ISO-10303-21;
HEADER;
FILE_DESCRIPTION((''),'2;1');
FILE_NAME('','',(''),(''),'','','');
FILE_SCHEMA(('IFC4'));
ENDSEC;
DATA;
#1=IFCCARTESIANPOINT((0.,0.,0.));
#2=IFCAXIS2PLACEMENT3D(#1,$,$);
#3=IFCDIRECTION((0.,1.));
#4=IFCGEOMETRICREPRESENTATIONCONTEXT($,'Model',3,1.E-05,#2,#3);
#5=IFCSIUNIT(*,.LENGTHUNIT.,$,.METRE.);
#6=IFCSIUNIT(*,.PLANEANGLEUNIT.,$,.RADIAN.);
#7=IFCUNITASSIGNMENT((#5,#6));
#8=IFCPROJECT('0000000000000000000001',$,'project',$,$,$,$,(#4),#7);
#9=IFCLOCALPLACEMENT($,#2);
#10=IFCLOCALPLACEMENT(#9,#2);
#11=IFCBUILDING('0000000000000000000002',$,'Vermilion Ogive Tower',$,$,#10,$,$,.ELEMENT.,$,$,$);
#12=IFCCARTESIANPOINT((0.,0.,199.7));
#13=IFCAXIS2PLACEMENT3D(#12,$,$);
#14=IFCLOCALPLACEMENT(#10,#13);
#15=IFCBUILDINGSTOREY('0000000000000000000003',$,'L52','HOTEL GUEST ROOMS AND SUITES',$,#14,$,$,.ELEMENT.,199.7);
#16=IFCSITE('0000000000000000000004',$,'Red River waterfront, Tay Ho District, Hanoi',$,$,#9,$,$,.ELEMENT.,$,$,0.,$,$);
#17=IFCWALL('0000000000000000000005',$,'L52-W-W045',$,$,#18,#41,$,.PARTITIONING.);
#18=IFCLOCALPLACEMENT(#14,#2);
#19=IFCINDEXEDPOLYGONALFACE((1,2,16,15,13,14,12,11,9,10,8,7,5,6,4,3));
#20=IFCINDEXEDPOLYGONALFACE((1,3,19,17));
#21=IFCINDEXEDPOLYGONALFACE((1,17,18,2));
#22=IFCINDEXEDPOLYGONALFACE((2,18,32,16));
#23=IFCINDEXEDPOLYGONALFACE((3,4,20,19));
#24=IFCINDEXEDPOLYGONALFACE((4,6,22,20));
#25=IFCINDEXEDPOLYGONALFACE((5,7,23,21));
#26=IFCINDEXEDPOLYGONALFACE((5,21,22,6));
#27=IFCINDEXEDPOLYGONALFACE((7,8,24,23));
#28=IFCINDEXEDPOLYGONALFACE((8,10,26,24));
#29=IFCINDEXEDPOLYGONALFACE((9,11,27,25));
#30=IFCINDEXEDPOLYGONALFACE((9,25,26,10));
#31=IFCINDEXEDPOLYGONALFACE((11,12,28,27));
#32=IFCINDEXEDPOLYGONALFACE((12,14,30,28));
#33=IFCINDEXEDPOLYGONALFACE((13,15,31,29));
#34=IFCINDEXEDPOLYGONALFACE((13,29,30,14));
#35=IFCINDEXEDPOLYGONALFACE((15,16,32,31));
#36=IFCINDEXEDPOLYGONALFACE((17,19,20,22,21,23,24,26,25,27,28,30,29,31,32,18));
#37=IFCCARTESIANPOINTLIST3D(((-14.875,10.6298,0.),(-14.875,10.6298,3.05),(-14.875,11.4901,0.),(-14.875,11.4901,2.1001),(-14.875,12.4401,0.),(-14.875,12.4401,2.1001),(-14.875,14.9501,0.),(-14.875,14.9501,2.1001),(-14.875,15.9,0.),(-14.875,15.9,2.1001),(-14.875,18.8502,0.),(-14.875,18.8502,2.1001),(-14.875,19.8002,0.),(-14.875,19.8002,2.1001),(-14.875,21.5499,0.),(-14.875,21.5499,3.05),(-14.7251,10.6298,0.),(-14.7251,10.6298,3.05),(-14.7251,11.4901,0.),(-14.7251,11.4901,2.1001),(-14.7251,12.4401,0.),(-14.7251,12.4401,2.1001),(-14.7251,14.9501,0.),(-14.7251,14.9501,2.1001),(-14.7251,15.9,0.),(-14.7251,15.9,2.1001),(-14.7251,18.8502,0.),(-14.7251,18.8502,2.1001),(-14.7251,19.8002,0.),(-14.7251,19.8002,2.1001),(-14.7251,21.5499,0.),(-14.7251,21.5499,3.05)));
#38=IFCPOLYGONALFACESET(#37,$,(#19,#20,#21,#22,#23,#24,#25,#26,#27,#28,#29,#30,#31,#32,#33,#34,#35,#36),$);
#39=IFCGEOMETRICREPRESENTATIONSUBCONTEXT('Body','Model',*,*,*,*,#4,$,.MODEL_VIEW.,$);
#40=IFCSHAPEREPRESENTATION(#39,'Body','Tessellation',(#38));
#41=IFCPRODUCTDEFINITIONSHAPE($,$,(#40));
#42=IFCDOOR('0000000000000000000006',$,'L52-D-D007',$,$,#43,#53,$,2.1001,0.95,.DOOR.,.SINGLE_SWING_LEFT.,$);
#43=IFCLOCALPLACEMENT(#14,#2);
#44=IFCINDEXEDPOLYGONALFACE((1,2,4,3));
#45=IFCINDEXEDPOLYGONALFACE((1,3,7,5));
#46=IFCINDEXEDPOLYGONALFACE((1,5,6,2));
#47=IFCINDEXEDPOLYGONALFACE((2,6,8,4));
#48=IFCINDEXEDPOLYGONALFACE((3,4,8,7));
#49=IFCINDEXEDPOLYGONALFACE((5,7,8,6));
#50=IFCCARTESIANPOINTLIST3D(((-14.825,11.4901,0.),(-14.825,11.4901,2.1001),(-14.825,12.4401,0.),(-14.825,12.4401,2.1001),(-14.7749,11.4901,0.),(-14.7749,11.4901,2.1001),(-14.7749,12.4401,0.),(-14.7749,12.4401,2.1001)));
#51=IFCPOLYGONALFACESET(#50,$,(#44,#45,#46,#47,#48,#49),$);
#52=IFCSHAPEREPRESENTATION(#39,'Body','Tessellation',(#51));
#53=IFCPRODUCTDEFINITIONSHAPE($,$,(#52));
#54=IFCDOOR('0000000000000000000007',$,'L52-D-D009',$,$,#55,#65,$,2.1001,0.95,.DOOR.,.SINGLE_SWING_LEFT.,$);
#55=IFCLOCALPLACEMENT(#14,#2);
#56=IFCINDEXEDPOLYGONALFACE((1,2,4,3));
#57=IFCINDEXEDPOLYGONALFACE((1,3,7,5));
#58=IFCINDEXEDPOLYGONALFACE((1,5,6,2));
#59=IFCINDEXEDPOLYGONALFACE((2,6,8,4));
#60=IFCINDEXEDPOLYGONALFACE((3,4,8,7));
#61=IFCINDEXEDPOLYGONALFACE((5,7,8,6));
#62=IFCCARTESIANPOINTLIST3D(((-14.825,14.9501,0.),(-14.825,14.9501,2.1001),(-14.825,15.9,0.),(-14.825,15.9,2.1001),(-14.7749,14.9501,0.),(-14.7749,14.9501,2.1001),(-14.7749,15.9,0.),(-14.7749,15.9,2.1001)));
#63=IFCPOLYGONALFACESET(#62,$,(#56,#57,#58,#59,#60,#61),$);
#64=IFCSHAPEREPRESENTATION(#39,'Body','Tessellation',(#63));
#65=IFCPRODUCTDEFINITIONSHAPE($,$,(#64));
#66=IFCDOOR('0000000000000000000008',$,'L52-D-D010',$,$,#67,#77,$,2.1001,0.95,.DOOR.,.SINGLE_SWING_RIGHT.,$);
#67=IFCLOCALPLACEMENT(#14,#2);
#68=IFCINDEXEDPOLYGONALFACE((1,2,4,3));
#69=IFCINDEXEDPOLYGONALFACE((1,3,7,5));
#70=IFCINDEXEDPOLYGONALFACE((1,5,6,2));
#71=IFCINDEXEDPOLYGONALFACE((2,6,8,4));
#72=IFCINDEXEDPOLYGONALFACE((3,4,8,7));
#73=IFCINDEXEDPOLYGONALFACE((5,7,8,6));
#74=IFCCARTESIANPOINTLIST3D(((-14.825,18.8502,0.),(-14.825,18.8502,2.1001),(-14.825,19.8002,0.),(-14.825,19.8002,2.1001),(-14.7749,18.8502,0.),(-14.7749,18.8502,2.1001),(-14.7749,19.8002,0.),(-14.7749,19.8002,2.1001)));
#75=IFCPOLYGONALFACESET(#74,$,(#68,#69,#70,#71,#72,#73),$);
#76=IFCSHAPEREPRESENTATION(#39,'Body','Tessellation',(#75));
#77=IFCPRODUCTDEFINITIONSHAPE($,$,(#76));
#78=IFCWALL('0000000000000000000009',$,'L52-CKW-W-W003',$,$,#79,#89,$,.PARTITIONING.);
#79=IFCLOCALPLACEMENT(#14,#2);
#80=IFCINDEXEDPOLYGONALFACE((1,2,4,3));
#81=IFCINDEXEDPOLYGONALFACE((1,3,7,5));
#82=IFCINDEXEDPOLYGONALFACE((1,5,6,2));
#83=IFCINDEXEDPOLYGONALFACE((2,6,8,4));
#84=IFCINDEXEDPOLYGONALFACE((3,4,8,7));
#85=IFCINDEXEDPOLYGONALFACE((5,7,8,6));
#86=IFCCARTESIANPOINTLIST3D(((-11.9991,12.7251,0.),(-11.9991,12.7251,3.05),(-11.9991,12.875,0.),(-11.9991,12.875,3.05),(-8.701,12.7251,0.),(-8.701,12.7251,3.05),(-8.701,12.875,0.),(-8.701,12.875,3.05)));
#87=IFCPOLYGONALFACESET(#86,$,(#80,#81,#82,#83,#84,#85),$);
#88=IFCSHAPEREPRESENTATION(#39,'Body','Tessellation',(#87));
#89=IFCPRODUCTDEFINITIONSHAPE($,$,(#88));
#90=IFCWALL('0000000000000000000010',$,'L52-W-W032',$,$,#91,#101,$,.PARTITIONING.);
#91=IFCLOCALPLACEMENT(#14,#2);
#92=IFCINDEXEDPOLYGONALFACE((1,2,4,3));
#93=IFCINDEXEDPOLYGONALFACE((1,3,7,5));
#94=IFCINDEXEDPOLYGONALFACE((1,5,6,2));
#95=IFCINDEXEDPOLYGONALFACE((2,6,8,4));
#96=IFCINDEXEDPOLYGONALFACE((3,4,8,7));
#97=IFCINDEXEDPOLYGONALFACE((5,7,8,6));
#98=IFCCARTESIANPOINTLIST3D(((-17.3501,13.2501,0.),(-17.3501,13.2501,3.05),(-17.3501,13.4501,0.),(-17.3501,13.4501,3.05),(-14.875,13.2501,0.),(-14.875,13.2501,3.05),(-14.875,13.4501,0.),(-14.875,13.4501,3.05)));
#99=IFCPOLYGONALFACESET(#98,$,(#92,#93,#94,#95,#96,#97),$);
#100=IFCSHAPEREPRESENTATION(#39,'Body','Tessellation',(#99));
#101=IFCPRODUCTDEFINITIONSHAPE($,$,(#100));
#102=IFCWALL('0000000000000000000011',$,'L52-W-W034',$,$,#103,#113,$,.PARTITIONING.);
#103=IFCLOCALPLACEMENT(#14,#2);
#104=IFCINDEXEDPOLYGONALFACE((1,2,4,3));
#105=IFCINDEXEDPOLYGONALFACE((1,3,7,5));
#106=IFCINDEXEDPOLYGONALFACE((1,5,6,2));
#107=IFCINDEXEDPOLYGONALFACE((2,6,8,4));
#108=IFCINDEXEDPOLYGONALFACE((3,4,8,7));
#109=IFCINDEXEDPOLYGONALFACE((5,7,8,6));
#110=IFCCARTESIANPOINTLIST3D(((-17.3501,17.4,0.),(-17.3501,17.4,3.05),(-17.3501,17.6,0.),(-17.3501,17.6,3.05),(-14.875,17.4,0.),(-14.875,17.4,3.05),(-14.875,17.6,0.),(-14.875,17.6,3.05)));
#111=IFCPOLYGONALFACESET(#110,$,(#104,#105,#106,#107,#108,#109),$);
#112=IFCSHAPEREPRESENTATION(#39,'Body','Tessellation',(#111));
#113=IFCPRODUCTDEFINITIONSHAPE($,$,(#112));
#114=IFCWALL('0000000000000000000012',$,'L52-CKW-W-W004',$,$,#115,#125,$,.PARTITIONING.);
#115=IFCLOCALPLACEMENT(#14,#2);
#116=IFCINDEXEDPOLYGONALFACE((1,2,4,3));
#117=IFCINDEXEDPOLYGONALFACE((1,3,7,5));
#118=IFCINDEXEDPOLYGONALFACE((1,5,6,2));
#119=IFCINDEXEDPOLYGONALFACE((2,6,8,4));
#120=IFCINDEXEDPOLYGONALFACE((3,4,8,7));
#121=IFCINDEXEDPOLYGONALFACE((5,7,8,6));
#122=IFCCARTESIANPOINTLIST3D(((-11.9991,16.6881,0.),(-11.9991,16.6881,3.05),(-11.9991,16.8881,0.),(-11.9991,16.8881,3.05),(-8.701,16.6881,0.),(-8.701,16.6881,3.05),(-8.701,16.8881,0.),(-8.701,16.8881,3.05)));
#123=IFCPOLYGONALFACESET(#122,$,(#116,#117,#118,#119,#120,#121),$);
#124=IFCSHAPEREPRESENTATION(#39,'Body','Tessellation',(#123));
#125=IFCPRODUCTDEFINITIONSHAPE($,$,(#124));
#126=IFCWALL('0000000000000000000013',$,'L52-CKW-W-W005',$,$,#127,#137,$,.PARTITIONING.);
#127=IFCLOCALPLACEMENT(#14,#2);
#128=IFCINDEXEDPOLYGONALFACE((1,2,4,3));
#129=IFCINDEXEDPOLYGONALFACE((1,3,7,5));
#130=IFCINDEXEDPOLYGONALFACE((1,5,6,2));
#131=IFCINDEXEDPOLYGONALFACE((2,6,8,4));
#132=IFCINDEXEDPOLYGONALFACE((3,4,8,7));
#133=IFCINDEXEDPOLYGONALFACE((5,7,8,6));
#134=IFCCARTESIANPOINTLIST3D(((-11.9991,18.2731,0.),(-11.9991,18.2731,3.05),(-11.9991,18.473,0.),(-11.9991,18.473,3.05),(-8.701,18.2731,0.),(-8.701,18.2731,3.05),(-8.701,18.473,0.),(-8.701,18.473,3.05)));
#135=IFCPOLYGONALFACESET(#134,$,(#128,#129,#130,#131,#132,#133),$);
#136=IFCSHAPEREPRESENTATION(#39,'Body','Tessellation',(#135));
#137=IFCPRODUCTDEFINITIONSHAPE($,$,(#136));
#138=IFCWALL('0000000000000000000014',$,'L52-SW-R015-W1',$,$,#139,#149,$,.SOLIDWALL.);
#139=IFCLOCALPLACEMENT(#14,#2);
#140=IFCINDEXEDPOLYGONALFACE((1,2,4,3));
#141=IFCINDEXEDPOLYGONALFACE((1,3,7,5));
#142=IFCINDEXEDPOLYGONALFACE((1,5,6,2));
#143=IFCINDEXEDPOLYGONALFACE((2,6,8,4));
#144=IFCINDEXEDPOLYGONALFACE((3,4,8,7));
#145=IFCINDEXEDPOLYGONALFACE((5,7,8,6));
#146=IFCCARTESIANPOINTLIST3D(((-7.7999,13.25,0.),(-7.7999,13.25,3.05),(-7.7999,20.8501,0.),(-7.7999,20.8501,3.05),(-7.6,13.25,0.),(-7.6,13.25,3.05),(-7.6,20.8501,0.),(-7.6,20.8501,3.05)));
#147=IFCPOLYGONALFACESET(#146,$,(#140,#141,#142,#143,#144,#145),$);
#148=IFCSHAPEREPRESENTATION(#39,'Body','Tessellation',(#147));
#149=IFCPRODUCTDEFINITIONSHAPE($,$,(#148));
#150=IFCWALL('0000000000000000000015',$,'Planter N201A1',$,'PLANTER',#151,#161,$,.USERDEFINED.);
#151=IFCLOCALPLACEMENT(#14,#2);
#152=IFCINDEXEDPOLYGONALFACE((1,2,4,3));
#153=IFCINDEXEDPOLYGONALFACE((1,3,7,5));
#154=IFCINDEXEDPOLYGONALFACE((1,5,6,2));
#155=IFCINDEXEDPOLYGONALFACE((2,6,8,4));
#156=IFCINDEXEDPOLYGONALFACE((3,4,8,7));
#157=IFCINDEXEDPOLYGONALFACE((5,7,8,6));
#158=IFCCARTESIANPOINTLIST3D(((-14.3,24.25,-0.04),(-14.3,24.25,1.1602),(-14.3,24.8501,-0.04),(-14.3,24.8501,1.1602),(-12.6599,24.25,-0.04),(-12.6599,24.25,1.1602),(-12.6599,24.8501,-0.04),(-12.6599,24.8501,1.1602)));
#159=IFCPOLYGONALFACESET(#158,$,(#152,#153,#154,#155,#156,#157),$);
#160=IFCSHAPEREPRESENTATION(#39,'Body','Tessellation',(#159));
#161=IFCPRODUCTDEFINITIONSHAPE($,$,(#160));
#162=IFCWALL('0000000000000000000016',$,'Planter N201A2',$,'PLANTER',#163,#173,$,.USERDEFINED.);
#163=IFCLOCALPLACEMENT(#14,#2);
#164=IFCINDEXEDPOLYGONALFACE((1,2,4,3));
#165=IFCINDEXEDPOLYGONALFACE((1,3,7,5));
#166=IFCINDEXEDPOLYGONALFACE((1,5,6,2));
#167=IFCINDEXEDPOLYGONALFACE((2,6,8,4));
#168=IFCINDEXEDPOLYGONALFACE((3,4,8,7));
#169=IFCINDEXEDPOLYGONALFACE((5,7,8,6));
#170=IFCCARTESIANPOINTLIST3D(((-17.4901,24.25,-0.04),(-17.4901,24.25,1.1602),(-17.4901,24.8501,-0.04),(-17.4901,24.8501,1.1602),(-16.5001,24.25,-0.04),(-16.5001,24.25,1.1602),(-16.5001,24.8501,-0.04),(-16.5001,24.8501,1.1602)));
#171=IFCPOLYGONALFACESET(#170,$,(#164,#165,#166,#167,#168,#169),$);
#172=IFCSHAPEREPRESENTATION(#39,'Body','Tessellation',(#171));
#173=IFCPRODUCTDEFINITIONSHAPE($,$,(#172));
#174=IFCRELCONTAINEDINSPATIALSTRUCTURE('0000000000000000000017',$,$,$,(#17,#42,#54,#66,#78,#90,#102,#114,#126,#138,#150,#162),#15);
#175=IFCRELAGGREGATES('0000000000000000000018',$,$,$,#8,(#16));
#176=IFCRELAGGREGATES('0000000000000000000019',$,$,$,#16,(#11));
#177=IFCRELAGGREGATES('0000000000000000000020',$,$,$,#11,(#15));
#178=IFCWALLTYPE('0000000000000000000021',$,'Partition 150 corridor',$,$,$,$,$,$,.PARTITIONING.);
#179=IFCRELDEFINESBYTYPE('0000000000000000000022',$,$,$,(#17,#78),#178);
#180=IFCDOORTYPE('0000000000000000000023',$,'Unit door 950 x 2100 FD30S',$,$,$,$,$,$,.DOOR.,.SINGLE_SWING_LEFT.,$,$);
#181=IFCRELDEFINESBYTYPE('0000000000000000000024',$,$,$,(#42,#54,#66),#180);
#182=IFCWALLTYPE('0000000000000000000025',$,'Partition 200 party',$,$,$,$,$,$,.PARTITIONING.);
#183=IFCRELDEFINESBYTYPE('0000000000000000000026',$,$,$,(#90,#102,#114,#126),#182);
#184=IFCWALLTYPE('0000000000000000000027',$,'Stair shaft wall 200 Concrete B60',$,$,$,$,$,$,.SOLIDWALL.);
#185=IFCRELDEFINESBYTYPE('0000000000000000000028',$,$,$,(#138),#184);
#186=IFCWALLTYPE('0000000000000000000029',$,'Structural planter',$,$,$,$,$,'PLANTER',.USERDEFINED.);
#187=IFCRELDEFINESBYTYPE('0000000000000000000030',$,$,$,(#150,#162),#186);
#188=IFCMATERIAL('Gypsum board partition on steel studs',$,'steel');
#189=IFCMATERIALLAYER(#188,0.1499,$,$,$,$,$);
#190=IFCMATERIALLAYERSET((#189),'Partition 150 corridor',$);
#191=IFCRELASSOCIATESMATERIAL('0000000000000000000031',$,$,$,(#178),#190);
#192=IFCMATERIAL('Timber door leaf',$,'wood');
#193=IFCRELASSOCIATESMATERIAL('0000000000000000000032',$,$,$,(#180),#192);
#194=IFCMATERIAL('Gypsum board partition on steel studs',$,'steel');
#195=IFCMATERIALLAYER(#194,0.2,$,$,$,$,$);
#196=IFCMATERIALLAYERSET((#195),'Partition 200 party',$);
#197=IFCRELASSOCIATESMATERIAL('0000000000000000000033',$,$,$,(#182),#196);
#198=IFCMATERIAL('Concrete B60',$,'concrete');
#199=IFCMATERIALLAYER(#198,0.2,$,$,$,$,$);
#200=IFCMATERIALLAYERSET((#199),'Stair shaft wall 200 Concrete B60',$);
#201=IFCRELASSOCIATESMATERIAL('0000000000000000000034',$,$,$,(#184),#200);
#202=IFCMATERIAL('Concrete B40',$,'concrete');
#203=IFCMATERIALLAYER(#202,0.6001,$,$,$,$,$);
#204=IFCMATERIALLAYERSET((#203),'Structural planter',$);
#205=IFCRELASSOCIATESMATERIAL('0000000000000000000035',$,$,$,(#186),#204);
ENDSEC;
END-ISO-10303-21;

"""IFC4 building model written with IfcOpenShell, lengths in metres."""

from ifc_helpers import new_model, si_unit, direction, frame, frame_2d, origin, place, context, subcontext, project, spatial, rectangle, extrude, material, layer, layer_set, type_object, element, fill, save


model = new_model("IFC4")

# Units and contexts
model_context = context("Model", 3, precision=1e-05, world=origin(), true_north=direction((0.0, 1.0)))
body_context = subcontext(model_context, "Body", "Model", "MODEL_VIEW")
ifc_project = project(units=[si_unit("LENGTHUNIT", "METRE"), si_unit("PLANEANGLEUNIT", "RADIAN")], contexts=[model_context])

# Site, building, storey
site_placement = place(None, origin())
site = spatial("IfcSite", under=ifc_project, at=site_placement, Name="Red River waterfront, Tay Ho District, Hanoi", CompositionType="ELEMENT", RefElevation=0.0)
building_placement = place(site_placement, origin())
building = spatial("IfcBuilding", under=site, at=building_placement, Name="Vermilion Ogive Tower", CompositionType="ELEMENT")
storey_placement = place(building_placement, frame((0.0, 0.0, 199.7)))
storey = spatial("IfcBuildingStorey", under=building, at=storey_placement, Name="L52", Description="HOTEL GUEST ROOMS AND SUITES", CompositionType="ELEMENT", Elevation=199.7)

# Wall, openings, doors
ifc_material_1 = material(Name="Gypsum board partition on steel studs", Category="steel")
ifc_layer_1 = layer(ifc_material_1, 0.1499)
ifc_layer_set_1 = layer_set([ifc_layer_1], Name="Partition 150 corridor")
wall_type_1 = type_object("IfcWallType", Name="Partition 150 corridor", PredefinedType="PARTITIONING", material=ifc_layer_set_1)
wall_1_placement = place(storey_placement, frame((-14.8, 10.6299, 0.0), z_axis=(0.0, 0.0, 1.0), x_axis=(0.0, 1.0, 0.0)))
wall_1 = element("IfcWall", 1, at=wall_1_placement, inside=storey, type_object=wall_type_1, Name="L52-W-W045", PredefinedType="PARTITIONING", context=body_context, shape_type="SweptSolid", body=[
    extrude(rectangle(XDim=10.9202, YDim=0.1499, at=frame_2d((5.46, 0.0))), origin(), (0.0, 0.0, 1.0), 3.05),
])
opening_1_placement = place(wall_1_placement, frame((0.8601, 0.0, 0.0)))
opening_1 = element("IfcOpeningElement", 2, at=opening_1_placement, cuts=wall_1, PredefinedType="OPENING", context=body_context, shape_type="SweptSolid", body=[
    extrude(rectangle(XDim=0.95, YDim=2.1001, at=frame_2d((0.4751, 1.05))), frame((0.0, 0.085, 0.0), z_axis=(0.0, -1.0, 0.0), x_axis=(1.0, 0.0, 0.0)), (0.0, 0.0, 1.0), 0.1699),
])
opening_2_placement = place(wall_1_placement, frame((4.3201, 0.0, 0.0)))
opening_2 = element("IfcOpeningElement", 3, at=opening_2_placement, cuts=wall_1, PredefinedType="OPENING", context=body_context, shape_type="SweptSolid", body=[
    extrude(rectangle(XDim=0.95, YDim=2.1001, at=frame_2d((0.4751, 1.05))), frame((0.0, 0.085, 0.0), z_axis=(0.0, -1.0, 0.0), x_axis=(1.0, 0.0, 0.0)), (0.0, 0.0, 1.0), 0.1699),
])
opening_3_placement = place(wall_1_placement, frame((8.2202, 0.0, 0.0)))
opening_3 = element("IfcOpeningElement", 4, at=opening_3_placement, cuts=wall_1, PredefinedType="OPENING", context=body_context, shape_type="SweptSolid", body=[
    extrude(rectangle(XDim=0.95, YDim=2.1001, at=frame_2d((0.4751, 1.05))), frame((0.0, 0.085, 0.0), z_axis=(0.0, -1.0, 0.0), x_axis=(1.0, 0.0, 0.0)), (0.0, 0.0, 1.0), 0.1699),
])
ifc_material_2 = material(Name="Timber door leaf", Category="wood")
door_type_1 = type_object("IfcDoorType", Name="Unit door 950 x 2100 FD30S", OperationType="SINGLE_SWING_LEFT", PredefinedType="DOOR", material=ifc_material_2)
door_1_placement = place(opening_1_placement, origin())
door_1 = element("IfcDoor", 5, at=door_1_placement, inside=storey, type_object=door_type_1, Name="L52-D-D007", OperationType="SINGLE_SWING_LEFT", OverallHeight=2.1001, OverallWidth=0.95, PredefinedType="DOOR", context=body_context, shape_type="SweptSolid", body=[
    extrude(rectangle(XDim=0.95, YDim=2.1001, at=frame_2d((0.4751, 1.05))), frame((0.0, 0.0249, 0.0), z_axis=(0.0, -1.0, 0.0), x_axis=(1.0, 0.0, 0.0)), (0.0, 0.0, 1.0), 0.05),
])
fill(opening_1, door_1)
door_2_placement = place(opening_2_placement, origin())
door_2 = element("IfcDoor", 6, at=door_2_placement, inside=storey, type_object=door_type_1, Name="L52-D-D009", OperationType="SINGLE_SWING_LEFT", OverallHeight=2.1001, OverallWidth=0.95, PredefinedType="DOOR", context=body_context, shape_type="SweptSolid", body=[
    extrude(rectangle(XDim=0.95, YDim=2.1001, at=frame_2d((0.4751, 1.05))), frame((0.0, 0.0249, 0.0), z_axis=(0.0, -1.0, 0.0), x_axis=(1.0, 0.0, 0.0)), (0.0, 0.0, 1.0), 0.05),
])
fill(opening_2, door_2)
door_3_placement = place(opening_3_placement, origin())
door_3 = element("IfcDoor", 7, at=door_3_placement, inside=storey, type_object=door_type_1, Name="L52-D-D010", OperationType="SINGLE_SWING_RIGHT", OverallHeight=2.1001, OverallWidth=0.95, PredefinedType="DOOR", context=body_context, shape_type="SweptSolid", body=[
    extrude(rectangle(XDim=0.95, YDim=2.1001, at=frame_2d((0.4751, 1.05))), frame((0.0, 0.0249, 0.0), z_axis=(0.0, -1.0, 0.0), x_axis=(1.0, 0.0, 0.0)), (0.0, 0.0, 1.0), 0.05),
])
fill(opening_3, door_3)

# Walls
wall_2_placement = place(storey_placement, frame((-11.999, 12.8, 0.0), z_axis=(0.0, 0.0, 1.0), x_axis=(1.0, 0.0, 0.0)))
element("IfcWall", 8, at=wall_2_placement, inside=storey, type_object=wall_type_1, Name="L52-CKW-W-W003", PredefinedType="PARTITIONING", context=body_context, shape_type="SweptSolid", body=[
    extrude(rectangle(XDim=3.2981, YDim=0.1499, at=frame_2d((1.6489, 0.0))), origin(), (0.0, 0.0, 1.0), 3.05),
])
ifc_material_3 = material(Name="Gypsum board partition on steel studs", Category="steel")
ifc_layer_2 = layer(ifc_material_3, 0.2)
ifc_layer_set_2 = layer_set([ifc_layer_2], Name="Partition 200 party")
wall_type_2 = type_object("IfcWallType", Name="Partition 200 party", PredefinedType="PARTITIONING", material=ifc_layer_set_2)
for number, where, z_axis, x_axis, name in (
    (9, (-17.3501, 13.3501, 0.0), (0.0, 0.0, 1.0), (1.0, 0.0, 0.0), "L52-W-W032"),
    (10, (-17.3501, 17.5, 0.0), (0.0, 0.0, 1.0), (1.0, 0.0, 0.0), "L52-W-W034"),
):
    element("IfcWall", number, at=place(storey_placement, frame(where, z_axis=z_axis, x_axis=x_axis)), inside=storey, type_object=wall_type_2, Name=name, PredefinedType="PARTITIONING", context=body_context, shape_type="SweptSolid", body=[
        extrude(rectangle(XDim=2.4751, YDim=0.2, at=frame_2d((1.2375, 0.0))), origin(), (0.0, 0.0, 1.0), 3.05),
    ])
for number, where, z_axis, x_axis, name in (
    (11, (-11.999, 16.7881, 0.0), (0.0, 0.0, 1.0), (1.0, 0.0, 0.0), "L52-CKW-W-W004"),
    (12, (-11.999, 18.373, 0.0), (0.0, 0.0, 1.0), (1.0, 0.0, 0.0), "L52-CKW-W-W005"),
):
    element("IfcWall", number, at=place(storey_placement, frame(where, z_axis=z_axis, x_axis=x_axis)), inside=storey, type_object=wall_type_2, Name=name, PredefinedType="PARTITIONING", context=body_context, shape_type="SweptSolid", body=[
        extrude(rectangle(XDim=3.2981, YDim=0.2, at=frame_2d((1.6489, 0.0))), origin(), (0.0, 0.0, 1.0), 3.05),
    ])
ifc_material_4 = material(Name="Concrete B60", Category="concrete")
ifc_layer_3 = layer(ifc_material_4, 0.2)
ifc_layer_set_3 = layer_set([ifc_layer_3], Name="Stair shaft wall 200 Concrete B60")
wall_type_3 = type_object("IfcWallType", Name="Stair shaft wall 200 Concrete B60", PredefinedType="SOLIDWALL", material=ifc_layer_set_3)
wall_3_placement = place(storey_placement, frame((-7.7, 13.25, 0.0), z_axis=(0.0, 0.0, 1.0), x_axis=(0.0, 1.0, 0.0)))
element("IfcWall", 13, at=wall_3_placement, inside=storey, type_object=wall_type_3, Name="L52-SW-R015-W1", PredefinedType="SOLIDWALL", context=body_context, shape_type="SweptSolid", body=[
    extrude(rectangle(XDim=7.6001, YDim=0.2, at=frame_2d((3.8, 0.0))), origin(), (0.0, 0.0, 1.0), 3.05),
])
ifc_material_5 = material(Name="Concrete B40", Category="concrete")
ifc_layer_4 = layer(ifc_material_5, 0.6001)
ifc_layer_set_4 = layer_set([ifc_layer_4], Name="Structural planter")
wall_type_4 = type_object("IfcWallType", Name="Structural planter", ElementType="PLANTER", PredefinedType="USERDEFINED", material=ifc_layer_set_4)
wall_4_placement = place(storey_placement, frame((-12.6599, 24.55, -0.04), z_axis=(0.0, 0.0, 1.0), x_axis=(-1.0, 0.0, 0.0)))
element("IfcWall", 14, at=wall_4_placement, inside=storey, type_object=wall_type_4, Name="Planter N201A1", ObjectType="PLANTER", PredefinedType="USERDEFINED", context=body_context, shape_type="SweptSolid", body=[
    extrude(rectangle(XDim=1.6401, YDim=0.6001, at=frame_2d((0.8201, 0.0))), origin(), (0.0, 0.0, 1.0), 1.2002),
])
wall_5_placement = place(storey_placement, frame((-16.5, 24.55, -0.04), z_axis=(0.0, 0.0, 1.0), x_axis=(-1.0, 0.0, 0.0)))
element("IfcWall", 15, at=wall_5_placement, inside=storey, type_object=wall_type_4, Name="Planter N201A2", ObjectType="PLANTER", PredefinedType="USERDEFINED", context=body_context, shape_type="SweptSolid", body=[
    extrude(rectangle(XDim=0.99, YDim=0.6001, at=frame_2d((0.4951, 0.0))), origin(), (0.0, 0.0, 1.0), 1.2002),
])

save(model, "model.ifc")
